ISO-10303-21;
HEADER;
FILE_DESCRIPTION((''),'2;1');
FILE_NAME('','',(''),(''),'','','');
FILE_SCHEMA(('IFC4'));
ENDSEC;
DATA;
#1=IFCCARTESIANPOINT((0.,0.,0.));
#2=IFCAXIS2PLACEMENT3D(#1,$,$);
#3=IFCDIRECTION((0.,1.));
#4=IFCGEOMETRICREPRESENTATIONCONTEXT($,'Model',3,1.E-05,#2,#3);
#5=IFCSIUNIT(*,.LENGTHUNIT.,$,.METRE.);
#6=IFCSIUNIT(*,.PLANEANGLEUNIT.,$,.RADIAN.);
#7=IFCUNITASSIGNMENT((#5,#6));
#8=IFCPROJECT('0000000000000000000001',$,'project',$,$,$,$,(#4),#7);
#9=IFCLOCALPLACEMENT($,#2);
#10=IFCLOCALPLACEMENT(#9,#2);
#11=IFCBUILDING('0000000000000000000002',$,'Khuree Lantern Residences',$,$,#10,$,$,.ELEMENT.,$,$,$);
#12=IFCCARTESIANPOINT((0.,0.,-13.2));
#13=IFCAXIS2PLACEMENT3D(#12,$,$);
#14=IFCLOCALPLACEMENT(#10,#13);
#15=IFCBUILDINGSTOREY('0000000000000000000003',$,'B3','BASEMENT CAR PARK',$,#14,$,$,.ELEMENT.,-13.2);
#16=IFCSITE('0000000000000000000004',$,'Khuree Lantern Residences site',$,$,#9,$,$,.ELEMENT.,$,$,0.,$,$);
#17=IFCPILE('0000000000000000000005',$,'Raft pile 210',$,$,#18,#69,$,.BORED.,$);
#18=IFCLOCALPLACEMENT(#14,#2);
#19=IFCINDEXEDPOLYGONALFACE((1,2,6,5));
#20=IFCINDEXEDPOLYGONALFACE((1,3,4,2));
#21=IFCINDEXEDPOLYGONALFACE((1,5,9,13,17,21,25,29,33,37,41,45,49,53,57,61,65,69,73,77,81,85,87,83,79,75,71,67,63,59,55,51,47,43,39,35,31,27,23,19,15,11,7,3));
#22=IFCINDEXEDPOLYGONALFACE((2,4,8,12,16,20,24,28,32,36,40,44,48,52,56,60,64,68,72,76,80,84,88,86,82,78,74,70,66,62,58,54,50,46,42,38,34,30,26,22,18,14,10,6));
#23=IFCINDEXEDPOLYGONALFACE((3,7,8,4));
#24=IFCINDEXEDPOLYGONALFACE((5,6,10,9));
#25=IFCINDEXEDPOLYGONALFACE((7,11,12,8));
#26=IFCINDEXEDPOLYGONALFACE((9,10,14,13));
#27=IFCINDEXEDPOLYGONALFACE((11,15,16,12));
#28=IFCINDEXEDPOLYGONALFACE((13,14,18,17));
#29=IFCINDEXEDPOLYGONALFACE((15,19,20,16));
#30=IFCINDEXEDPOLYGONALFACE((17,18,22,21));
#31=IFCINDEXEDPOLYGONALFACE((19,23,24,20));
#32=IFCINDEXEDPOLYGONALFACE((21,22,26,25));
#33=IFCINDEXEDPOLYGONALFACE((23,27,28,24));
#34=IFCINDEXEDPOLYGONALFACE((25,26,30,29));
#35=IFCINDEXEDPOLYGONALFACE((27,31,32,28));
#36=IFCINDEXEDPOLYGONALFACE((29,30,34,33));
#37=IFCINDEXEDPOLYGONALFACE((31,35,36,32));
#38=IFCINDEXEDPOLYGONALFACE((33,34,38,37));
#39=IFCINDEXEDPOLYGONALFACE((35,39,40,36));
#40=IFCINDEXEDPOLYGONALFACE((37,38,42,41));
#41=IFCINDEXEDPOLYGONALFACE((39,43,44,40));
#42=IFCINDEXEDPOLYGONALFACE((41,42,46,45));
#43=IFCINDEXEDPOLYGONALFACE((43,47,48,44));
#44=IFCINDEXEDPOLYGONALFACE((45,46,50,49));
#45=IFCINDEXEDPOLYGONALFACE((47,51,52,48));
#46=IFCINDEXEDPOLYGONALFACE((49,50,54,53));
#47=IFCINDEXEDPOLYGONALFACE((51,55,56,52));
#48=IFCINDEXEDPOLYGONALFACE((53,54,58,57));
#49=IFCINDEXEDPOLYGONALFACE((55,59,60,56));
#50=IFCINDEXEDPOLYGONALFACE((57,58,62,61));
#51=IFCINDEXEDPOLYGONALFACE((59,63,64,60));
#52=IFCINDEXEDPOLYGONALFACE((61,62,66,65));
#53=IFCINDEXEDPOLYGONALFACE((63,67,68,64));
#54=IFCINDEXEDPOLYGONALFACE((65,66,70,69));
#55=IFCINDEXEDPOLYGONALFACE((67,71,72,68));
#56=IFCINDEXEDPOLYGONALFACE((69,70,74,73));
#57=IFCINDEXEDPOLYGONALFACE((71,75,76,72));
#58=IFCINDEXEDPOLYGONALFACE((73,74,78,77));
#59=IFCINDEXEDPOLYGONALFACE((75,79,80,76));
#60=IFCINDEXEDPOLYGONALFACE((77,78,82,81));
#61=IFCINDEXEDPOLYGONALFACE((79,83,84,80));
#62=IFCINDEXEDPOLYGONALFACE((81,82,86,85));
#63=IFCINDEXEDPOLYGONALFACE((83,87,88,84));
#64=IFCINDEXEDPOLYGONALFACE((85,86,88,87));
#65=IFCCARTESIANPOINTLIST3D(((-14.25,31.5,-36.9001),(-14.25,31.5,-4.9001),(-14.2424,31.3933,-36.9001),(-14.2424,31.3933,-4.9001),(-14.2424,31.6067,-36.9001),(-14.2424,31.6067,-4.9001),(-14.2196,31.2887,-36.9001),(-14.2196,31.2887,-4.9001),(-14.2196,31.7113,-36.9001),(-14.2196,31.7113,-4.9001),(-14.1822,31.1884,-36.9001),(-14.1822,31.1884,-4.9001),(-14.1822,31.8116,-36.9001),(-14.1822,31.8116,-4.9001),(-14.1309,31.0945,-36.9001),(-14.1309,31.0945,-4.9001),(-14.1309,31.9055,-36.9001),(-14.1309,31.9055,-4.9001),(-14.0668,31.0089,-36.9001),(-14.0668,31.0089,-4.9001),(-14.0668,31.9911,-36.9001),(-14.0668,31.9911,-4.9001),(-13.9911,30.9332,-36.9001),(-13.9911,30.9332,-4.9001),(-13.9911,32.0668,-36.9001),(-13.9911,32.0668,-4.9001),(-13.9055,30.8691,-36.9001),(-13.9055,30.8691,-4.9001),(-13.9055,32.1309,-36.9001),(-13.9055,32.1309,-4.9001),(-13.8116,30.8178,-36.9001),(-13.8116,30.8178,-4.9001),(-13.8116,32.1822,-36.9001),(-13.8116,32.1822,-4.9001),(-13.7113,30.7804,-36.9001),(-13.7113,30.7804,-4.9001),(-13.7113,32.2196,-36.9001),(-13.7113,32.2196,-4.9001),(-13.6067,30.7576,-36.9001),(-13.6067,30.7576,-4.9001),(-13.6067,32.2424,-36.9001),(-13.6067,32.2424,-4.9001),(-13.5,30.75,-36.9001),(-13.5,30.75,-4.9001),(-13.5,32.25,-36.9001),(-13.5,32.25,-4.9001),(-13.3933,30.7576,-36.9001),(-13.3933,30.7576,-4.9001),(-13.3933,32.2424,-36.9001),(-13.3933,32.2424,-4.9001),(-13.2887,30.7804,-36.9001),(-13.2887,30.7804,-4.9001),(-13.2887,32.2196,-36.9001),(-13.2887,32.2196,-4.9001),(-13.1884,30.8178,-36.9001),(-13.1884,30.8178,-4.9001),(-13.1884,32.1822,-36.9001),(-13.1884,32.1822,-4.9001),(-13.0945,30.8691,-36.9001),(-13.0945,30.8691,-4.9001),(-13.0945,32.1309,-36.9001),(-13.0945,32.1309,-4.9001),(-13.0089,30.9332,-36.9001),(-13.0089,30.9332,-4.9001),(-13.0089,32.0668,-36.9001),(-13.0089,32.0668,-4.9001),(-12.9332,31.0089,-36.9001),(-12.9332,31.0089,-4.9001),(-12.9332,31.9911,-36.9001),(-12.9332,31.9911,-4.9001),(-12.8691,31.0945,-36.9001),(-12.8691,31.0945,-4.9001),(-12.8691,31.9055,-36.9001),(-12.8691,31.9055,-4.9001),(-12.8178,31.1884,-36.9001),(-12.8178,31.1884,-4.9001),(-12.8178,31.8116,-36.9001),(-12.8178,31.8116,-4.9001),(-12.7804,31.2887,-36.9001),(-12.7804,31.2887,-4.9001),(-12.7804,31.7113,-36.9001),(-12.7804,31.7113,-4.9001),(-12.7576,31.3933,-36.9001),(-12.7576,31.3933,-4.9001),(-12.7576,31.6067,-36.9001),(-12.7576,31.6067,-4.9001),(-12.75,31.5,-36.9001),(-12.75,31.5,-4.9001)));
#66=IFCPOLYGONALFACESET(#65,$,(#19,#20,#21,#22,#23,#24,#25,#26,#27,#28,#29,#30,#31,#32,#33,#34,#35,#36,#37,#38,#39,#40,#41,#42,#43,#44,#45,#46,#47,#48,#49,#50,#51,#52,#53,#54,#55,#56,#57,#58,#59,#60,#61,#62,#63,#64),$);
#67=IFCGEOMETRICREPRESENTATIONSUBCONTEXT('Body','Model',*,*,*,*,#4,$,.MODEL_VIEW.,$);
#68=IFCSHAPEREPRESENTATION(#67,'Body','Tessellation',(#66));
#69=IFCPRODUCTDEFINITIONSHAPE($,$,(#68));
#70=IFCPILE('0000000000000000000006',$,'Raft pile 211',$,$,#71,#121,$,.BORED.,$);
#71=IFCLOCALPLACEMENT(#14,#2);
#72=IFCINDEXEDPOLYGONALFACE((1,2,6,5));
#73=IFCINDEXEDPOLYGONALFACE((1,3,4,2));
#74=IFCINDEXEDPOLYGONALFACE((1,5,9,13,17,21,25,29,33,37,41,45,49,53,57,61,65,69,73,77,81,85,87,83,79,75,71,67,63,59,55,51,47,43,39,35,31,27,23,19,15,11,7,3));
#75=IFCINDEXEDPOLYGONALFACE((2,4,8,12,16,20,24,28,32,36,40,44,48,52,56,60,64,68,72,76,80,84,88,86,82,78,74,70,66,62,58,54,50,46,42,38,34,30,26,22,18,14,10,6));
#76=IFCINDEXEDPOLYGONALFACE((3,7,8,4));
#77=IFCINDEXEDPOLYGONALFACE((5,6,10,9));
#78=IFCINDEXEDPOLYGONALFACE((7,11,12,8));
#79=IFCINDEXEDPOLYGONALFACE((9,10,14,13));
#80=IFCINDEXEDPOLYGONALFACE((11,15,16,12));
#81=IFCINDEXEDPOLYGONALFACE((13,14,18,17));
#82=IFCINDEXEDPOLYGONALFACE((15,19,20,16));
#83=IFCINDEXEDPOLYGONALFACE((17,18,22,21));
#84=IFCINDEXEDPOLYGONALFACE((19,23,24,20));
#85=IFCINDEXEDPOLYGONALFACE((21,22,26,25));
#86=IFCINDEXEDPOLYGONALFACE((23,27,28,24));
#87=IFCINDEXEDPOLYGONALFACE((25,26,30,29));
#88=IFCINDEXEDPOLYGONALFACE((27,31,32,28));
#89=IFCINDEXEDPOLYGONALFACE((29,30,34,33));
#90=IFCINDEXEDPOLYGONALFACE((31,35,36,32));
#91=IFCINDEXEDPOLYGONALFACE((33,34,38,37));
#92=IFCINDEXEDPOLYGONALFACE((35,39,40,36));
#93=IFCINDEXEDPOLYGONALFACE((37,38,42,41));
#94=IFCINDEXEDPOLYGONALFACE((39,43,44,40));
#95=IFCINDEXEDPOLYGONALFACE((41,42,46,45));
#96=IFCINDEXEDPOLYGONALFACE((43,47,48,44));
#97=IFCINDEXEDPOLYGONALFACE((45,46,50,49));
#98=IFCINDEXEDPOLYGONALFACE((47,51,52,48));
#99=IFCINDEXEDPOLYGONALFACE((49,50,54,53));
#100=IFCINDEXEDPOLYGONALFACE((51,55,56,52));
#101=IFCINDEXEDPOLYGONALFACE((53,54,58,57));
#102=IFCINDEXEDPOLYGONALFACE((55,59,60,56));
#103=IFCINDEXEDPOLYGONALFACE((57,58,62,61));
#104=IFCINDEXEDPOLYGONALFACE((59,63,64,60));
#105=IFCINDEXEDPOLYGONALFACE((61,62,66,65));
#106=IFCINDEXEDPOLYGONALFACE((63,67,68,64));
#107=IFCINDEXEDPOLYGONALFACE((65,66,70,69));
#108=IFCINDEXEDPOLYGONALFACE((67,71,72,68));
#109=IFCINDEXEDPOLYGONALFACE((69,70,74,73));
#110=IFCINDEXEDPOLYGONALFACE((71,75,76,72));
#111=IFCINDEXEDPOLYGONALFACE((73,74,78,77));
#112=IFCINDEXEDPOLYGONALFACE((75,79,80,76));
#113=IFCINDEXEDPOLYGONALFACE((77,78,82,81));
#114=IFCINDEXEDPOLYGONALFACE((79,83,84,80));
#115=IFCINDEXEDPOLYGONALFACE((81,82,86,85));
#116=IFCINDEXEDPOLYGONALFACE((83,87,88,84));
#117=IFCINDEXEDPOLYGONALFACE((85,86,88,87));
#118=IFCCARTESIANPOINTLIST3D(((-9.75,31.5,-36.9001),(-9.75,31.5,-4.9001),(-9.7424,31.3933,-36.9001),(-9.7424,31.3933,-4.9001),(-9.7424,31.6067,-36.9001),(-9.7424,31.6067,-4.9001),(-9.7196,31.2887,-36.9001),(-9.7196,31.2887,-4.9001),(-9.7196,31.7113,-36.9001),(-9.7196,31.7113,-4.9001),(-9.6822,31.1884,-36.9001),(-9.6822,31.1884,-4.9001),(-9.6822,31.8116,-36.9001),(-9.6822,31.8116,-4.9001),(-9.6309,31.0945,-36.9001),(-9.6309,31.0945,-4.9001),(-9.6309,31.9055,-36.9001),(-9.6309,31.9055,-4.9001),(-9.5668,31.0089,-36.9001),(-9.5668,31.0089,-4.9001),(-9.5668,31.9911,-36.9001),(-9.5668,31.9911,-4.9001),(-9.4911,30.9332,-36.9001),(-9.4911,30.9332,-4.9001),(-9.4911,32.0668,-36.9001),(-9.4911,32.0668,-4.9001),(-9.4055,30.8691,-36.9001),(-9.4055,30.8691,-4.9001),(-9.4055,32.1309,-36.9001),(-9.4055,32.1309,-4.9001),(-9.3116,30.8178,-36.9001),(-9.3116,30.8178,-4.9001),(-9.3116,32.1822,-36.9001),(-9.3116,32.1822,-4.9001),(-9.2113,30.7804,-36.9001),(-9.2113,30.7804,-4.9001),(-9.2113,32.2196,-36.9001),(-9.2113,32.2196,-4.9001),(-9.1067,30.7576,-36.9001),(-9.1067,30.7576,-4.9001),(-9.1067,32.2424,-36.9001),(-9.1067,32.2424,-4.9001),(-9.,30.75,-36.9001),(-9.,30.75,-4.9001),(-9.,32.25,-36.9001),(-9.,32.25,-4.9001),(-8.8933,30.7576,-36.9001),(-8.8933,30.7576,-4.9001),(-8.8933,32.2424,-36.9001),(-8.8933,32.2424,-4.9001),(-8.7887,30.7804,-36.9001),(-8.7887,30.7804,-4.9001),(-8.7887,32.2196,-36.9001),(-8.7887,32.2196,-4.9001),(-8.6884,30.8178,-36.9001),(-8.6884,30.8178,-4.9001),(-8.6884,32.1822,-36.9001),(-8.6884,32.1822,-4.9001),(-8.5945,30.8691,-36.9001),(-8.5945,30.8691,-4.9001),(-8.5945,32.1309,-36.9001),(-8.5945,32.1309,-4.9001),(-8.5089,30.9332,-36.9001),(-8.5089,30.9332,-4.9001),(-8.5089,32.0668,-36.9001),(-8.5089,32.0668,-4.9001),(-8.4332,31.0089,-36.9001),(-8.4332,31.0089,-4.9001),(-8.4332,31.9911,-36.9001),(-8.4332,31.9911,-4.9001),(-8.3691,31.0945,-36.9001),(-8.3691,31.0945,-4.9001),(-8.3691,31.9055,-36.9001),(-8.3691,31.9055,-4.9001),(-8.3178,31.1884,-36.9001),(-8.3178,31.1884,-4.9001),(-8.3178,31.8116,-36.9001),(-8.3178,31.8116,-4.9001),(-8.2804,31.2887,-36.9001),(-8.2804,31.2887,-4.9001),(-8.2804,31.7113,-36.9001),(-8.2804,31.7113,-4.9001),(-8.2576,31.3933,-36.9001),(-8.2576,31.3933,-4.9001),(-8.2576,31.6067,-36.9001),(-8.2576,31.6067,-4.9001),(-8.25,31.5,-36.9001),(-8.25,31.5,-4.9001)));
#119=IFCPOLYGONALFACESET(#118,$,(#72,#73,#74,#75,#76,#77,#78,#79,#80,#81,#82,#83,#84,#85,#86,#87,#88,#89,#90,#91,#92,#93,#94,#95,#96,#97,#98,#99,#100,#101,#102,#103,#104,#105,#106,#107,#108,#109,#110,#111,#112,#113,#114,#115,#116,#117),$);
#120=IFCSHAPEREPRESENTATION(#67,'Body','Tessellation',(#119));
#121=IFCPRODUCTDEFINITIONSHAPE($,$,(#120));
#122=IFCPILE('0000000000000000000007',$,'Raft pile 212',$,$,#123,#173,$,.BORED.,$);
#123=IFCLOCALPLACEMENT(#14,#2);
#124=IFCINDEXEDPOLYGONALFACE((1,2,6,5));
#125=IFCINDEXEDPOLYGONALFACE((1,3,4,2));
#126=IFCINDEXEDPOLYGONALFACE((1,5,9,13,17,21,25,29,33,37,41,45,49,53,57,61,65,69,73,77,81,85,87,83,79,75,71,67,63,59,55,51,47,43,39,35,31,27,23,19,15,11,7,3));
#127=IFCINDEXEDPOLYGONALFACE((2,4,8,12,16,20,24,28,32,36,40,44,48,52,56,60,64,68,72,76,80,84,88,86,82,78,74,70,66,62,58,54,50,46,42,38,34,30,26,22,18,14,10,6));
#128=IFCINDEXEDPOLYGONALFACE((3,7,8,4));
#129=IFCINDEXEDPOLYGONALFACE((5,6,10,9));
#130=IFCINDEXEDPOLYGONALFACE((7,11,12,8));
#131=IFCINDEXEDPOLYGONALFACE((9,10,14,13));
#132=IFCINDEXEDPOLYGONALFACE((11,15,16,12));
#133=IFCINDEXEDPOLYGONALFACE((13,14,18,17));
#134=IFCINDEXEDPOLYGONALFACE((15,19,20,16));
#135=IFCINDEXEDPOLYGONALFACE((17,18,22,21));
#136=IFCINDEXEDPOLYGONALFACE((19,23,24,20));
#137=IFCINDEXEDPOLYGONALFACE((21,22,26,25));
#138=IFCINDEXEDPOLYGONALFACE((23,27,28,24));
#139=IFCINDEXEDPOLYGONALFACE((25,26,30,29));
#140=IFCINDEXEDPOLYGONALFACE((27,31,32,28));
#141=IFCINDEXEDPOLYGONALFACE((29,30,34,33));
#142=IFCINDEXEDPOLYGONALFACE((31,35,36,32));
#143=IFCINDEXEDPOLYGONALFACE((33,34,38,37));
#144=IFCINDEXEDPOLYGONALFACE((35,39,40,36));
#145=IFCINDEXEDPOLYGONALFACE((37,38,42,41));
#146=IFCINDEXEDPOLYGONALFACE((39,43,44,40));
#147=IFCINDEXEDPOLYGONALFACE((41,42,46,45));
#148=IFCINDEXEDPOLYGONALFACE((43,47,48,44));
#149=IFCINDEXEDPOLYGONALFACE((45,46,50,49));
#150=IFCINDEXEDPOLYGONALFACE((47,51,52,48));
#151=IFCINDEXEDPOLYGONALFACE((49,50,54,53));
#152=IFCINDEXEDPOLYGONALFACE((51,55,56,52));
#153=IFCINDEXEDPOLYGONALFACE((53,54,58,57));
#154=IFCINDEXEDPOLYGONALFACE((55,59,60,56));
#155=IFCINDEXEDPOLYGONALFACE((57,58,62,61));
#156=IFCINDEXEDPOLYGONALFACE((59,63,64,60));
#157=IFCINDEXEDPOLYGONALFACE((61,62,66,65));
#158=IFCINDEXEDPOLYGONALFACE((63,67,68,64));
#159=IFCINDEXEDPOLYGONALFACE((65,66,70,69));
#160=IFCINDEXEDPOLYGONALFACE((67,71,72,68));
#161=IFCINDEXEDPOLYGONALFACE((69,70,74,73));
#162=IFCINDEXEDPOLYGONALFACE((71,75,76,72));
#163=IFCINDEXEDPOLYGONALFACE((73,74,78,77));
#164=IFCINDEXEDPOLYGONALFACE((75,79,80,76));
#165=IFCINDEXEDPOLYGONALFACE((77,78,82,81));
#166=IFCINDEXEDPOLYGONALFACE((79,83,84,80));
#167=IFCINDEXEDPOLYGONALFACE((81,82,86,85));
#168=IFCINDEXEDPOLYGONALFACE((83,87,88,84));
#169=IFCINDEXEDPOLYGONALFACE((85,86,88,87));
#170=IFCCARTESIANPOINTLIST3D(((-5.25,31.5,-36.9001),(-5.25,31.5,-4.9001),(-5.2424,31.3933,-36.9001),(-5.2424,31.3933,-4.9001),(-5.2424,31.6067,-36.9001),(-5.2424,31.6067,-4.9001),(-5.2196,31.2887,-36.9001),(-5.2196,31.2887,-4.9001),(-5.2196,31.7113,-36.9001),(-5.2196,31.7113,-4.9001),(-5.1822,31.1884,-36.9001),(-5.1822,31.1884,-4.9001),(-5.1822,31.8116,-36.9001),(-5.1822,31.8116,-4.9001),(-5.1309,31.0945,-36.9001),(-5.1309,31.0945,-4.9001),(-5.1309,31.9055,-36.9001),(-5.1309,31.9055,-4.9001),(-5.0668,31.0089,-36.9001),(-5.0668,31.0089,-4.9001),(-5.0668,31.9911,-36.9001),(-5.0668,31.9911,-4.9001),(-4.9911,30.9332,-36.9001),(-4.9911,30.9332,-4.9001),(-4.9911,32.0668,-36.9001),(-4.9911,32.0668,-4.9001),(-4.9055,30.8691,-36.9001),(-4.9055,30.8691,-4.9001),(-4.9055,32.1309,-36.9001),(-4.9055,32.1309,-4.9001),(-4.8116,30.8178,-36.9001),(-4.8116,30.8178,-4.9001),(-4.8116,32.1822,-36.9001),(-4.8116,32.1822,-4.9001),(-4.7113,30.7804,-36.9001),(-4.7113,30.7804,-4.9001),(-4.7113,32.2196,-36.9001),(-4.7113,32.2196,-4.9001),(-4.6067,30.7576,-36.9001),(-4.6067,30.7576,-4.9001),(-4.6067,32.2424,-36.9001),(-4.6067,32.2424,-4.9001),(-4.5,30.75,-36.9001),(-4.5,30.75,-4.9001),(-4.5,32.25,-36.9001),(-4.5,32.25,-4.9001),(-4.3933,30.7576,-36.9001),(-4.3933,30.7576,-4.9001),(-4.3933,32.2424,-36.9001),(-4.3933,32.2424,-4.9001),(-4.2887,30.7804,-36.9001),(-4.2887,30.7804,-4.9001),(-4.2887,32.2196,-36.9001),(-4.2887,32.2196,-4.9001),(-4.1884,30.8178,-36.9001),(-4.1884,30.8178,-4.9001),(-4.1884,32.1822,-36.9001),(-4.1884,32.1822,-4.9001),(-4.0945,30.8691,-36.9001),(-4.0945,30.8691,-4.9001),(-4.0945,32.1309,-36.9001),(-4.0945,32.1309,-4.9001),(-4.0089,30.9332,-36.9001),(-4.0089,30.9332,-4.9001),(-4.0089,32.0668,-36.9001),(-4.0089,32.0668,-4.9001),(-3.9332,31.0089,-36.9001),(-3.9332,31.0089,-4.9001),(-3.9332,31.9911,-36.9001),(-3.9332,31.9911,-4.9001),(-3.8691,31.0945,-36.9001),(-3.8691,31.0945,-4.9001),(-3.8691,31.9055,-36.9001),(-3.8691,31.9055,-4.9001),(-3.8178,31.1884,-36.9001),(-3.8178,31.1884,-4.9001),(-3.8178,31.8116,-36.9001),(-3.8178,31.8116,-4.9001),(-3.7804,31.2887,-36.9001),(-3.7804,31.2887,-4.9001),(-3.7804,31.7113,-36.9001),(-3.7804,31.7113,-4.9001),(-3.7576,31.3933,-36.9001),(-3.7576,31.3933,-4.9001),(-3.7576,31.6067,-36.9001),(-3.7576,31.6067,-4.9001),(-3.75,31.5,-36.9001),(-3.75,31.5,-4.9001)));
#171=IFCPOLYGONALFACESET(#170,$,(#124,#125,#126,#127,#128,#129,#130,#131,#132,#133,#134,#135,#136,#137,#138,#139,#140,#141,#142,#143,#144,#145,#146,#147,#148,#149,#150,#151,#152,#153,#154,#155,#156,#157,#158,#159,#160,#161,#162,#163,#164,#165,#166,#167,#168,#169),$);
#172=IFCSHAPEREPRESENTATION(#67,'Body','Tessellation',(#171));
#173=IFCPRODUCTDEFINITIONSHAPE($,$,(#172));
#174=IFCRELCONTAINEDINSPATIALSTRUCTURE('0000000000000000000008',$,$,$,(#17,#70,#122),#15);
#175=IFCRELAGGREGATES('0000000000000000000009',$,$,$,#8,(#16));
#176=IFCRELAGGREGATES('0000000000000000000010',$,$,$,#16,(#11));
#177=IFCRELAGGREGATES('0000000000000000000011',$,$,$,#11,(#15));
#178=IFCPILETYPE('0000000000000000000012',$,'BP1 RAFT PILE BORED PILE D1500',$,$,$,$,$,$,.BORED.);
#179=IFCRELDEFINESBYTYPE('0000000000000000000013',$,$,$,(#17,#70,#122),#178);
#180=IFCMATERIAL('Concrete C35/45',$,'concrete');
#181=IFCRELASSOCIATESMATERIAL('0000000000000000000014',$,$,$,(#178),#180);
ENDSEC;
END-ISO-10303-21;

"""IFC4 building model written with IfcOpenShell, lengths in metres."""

from ifc_helpers import new_model, si_unit, direction, frame, origin, origin_2d, place, context, subcontext, project, spatial, circle, extrude, material, material_profile, profile_set, type_object, element, save


model = new_model("IFC4")

# Units and contexts
model_context = context("Model", 3, precision=1e-05, world=origin(), true_north=direction((0.0, 1.0)))
body_context = subcontext(model_context, "Body", "Model", "MODEL_VIEW")
ifc_project = project(units=[si_unit("LENGTHUNIT", "METRE"), si_unit("PLANEANGLEUNIT", "RADIAN")], contexts=[model_context])

# Site, building, storey
site_placement = place(None, origin())
site = spatial("IfcSite", under=ifc_project, at=site_placement, Name="Khuree Lantern Residences site", CompositionType="ELEMENT", RefElevation=0.0)
building_placement = place(site_placement, origin())
building = spatial("IfcBuilding", under=site, at=building_placement, Name="Khuree Lantern Residences", CompositionType="ELEMENT")
storey_placement = place(building_placement, frame((0.0, 0.0, -13.2)))
storey = spatial("IfcBuildingStorey", under=building, at=storey_placement, Name="B3", Description="BASEMENT CAR PARK", CompositionType="ELEMENT", Elevation=-13.2)

# Piles
ifc_material_1 = material(Name="Concrete C35/45", Category="concrete")
ifc_material_profile_1 = material_profile(ifc_material_1, circle(Radius=0.75, at=origin_2d()), Name="BORED PILE D1500")
ifc_profile_set_1 = profile_set([ifc_material_profile_1], Name="Concrete C35/45")
pile_type_1 = type_object("IfcPileType", Name="BP1 RAFT PILE BORED PILE D1500", PredefinedType="BORED", material=ifc_profile_set_1)
for number, where, z_axis, x_axis, name in (
    (1, (-13.5, 31.5, -4.9001), (0.0, 0.0, -1.0), (1.0, 0.0, 0.0), "Raft pile 210"),
    (2, (-9.0, 31.5, -4.9001), (0.0, 0.0, -1.0), (1.0, 0.0, 0.0), "Raft pile 211"),
    (3, (-4.5, 31.5, -4.9001), (0.0, 0.0, -1.0), (1.0, 0.0, 0.0), "Raft pile 212"),
):
    element("IfcPile", number, at=place(storey_placement, frame(where, z_axis=z_axis, x_axis=x_axis)), inside=storey, type_object=pile_type_1, Name=name, PredefinedType="BORED", context=body_context, shape_type="SweptSolid", body=[
        extrude(circle(Radius=0.75, at=origin_2d()), origin(), (0.0, 0.0, 1.0), 32.0),
    ])

save(model, "model.ifc")
